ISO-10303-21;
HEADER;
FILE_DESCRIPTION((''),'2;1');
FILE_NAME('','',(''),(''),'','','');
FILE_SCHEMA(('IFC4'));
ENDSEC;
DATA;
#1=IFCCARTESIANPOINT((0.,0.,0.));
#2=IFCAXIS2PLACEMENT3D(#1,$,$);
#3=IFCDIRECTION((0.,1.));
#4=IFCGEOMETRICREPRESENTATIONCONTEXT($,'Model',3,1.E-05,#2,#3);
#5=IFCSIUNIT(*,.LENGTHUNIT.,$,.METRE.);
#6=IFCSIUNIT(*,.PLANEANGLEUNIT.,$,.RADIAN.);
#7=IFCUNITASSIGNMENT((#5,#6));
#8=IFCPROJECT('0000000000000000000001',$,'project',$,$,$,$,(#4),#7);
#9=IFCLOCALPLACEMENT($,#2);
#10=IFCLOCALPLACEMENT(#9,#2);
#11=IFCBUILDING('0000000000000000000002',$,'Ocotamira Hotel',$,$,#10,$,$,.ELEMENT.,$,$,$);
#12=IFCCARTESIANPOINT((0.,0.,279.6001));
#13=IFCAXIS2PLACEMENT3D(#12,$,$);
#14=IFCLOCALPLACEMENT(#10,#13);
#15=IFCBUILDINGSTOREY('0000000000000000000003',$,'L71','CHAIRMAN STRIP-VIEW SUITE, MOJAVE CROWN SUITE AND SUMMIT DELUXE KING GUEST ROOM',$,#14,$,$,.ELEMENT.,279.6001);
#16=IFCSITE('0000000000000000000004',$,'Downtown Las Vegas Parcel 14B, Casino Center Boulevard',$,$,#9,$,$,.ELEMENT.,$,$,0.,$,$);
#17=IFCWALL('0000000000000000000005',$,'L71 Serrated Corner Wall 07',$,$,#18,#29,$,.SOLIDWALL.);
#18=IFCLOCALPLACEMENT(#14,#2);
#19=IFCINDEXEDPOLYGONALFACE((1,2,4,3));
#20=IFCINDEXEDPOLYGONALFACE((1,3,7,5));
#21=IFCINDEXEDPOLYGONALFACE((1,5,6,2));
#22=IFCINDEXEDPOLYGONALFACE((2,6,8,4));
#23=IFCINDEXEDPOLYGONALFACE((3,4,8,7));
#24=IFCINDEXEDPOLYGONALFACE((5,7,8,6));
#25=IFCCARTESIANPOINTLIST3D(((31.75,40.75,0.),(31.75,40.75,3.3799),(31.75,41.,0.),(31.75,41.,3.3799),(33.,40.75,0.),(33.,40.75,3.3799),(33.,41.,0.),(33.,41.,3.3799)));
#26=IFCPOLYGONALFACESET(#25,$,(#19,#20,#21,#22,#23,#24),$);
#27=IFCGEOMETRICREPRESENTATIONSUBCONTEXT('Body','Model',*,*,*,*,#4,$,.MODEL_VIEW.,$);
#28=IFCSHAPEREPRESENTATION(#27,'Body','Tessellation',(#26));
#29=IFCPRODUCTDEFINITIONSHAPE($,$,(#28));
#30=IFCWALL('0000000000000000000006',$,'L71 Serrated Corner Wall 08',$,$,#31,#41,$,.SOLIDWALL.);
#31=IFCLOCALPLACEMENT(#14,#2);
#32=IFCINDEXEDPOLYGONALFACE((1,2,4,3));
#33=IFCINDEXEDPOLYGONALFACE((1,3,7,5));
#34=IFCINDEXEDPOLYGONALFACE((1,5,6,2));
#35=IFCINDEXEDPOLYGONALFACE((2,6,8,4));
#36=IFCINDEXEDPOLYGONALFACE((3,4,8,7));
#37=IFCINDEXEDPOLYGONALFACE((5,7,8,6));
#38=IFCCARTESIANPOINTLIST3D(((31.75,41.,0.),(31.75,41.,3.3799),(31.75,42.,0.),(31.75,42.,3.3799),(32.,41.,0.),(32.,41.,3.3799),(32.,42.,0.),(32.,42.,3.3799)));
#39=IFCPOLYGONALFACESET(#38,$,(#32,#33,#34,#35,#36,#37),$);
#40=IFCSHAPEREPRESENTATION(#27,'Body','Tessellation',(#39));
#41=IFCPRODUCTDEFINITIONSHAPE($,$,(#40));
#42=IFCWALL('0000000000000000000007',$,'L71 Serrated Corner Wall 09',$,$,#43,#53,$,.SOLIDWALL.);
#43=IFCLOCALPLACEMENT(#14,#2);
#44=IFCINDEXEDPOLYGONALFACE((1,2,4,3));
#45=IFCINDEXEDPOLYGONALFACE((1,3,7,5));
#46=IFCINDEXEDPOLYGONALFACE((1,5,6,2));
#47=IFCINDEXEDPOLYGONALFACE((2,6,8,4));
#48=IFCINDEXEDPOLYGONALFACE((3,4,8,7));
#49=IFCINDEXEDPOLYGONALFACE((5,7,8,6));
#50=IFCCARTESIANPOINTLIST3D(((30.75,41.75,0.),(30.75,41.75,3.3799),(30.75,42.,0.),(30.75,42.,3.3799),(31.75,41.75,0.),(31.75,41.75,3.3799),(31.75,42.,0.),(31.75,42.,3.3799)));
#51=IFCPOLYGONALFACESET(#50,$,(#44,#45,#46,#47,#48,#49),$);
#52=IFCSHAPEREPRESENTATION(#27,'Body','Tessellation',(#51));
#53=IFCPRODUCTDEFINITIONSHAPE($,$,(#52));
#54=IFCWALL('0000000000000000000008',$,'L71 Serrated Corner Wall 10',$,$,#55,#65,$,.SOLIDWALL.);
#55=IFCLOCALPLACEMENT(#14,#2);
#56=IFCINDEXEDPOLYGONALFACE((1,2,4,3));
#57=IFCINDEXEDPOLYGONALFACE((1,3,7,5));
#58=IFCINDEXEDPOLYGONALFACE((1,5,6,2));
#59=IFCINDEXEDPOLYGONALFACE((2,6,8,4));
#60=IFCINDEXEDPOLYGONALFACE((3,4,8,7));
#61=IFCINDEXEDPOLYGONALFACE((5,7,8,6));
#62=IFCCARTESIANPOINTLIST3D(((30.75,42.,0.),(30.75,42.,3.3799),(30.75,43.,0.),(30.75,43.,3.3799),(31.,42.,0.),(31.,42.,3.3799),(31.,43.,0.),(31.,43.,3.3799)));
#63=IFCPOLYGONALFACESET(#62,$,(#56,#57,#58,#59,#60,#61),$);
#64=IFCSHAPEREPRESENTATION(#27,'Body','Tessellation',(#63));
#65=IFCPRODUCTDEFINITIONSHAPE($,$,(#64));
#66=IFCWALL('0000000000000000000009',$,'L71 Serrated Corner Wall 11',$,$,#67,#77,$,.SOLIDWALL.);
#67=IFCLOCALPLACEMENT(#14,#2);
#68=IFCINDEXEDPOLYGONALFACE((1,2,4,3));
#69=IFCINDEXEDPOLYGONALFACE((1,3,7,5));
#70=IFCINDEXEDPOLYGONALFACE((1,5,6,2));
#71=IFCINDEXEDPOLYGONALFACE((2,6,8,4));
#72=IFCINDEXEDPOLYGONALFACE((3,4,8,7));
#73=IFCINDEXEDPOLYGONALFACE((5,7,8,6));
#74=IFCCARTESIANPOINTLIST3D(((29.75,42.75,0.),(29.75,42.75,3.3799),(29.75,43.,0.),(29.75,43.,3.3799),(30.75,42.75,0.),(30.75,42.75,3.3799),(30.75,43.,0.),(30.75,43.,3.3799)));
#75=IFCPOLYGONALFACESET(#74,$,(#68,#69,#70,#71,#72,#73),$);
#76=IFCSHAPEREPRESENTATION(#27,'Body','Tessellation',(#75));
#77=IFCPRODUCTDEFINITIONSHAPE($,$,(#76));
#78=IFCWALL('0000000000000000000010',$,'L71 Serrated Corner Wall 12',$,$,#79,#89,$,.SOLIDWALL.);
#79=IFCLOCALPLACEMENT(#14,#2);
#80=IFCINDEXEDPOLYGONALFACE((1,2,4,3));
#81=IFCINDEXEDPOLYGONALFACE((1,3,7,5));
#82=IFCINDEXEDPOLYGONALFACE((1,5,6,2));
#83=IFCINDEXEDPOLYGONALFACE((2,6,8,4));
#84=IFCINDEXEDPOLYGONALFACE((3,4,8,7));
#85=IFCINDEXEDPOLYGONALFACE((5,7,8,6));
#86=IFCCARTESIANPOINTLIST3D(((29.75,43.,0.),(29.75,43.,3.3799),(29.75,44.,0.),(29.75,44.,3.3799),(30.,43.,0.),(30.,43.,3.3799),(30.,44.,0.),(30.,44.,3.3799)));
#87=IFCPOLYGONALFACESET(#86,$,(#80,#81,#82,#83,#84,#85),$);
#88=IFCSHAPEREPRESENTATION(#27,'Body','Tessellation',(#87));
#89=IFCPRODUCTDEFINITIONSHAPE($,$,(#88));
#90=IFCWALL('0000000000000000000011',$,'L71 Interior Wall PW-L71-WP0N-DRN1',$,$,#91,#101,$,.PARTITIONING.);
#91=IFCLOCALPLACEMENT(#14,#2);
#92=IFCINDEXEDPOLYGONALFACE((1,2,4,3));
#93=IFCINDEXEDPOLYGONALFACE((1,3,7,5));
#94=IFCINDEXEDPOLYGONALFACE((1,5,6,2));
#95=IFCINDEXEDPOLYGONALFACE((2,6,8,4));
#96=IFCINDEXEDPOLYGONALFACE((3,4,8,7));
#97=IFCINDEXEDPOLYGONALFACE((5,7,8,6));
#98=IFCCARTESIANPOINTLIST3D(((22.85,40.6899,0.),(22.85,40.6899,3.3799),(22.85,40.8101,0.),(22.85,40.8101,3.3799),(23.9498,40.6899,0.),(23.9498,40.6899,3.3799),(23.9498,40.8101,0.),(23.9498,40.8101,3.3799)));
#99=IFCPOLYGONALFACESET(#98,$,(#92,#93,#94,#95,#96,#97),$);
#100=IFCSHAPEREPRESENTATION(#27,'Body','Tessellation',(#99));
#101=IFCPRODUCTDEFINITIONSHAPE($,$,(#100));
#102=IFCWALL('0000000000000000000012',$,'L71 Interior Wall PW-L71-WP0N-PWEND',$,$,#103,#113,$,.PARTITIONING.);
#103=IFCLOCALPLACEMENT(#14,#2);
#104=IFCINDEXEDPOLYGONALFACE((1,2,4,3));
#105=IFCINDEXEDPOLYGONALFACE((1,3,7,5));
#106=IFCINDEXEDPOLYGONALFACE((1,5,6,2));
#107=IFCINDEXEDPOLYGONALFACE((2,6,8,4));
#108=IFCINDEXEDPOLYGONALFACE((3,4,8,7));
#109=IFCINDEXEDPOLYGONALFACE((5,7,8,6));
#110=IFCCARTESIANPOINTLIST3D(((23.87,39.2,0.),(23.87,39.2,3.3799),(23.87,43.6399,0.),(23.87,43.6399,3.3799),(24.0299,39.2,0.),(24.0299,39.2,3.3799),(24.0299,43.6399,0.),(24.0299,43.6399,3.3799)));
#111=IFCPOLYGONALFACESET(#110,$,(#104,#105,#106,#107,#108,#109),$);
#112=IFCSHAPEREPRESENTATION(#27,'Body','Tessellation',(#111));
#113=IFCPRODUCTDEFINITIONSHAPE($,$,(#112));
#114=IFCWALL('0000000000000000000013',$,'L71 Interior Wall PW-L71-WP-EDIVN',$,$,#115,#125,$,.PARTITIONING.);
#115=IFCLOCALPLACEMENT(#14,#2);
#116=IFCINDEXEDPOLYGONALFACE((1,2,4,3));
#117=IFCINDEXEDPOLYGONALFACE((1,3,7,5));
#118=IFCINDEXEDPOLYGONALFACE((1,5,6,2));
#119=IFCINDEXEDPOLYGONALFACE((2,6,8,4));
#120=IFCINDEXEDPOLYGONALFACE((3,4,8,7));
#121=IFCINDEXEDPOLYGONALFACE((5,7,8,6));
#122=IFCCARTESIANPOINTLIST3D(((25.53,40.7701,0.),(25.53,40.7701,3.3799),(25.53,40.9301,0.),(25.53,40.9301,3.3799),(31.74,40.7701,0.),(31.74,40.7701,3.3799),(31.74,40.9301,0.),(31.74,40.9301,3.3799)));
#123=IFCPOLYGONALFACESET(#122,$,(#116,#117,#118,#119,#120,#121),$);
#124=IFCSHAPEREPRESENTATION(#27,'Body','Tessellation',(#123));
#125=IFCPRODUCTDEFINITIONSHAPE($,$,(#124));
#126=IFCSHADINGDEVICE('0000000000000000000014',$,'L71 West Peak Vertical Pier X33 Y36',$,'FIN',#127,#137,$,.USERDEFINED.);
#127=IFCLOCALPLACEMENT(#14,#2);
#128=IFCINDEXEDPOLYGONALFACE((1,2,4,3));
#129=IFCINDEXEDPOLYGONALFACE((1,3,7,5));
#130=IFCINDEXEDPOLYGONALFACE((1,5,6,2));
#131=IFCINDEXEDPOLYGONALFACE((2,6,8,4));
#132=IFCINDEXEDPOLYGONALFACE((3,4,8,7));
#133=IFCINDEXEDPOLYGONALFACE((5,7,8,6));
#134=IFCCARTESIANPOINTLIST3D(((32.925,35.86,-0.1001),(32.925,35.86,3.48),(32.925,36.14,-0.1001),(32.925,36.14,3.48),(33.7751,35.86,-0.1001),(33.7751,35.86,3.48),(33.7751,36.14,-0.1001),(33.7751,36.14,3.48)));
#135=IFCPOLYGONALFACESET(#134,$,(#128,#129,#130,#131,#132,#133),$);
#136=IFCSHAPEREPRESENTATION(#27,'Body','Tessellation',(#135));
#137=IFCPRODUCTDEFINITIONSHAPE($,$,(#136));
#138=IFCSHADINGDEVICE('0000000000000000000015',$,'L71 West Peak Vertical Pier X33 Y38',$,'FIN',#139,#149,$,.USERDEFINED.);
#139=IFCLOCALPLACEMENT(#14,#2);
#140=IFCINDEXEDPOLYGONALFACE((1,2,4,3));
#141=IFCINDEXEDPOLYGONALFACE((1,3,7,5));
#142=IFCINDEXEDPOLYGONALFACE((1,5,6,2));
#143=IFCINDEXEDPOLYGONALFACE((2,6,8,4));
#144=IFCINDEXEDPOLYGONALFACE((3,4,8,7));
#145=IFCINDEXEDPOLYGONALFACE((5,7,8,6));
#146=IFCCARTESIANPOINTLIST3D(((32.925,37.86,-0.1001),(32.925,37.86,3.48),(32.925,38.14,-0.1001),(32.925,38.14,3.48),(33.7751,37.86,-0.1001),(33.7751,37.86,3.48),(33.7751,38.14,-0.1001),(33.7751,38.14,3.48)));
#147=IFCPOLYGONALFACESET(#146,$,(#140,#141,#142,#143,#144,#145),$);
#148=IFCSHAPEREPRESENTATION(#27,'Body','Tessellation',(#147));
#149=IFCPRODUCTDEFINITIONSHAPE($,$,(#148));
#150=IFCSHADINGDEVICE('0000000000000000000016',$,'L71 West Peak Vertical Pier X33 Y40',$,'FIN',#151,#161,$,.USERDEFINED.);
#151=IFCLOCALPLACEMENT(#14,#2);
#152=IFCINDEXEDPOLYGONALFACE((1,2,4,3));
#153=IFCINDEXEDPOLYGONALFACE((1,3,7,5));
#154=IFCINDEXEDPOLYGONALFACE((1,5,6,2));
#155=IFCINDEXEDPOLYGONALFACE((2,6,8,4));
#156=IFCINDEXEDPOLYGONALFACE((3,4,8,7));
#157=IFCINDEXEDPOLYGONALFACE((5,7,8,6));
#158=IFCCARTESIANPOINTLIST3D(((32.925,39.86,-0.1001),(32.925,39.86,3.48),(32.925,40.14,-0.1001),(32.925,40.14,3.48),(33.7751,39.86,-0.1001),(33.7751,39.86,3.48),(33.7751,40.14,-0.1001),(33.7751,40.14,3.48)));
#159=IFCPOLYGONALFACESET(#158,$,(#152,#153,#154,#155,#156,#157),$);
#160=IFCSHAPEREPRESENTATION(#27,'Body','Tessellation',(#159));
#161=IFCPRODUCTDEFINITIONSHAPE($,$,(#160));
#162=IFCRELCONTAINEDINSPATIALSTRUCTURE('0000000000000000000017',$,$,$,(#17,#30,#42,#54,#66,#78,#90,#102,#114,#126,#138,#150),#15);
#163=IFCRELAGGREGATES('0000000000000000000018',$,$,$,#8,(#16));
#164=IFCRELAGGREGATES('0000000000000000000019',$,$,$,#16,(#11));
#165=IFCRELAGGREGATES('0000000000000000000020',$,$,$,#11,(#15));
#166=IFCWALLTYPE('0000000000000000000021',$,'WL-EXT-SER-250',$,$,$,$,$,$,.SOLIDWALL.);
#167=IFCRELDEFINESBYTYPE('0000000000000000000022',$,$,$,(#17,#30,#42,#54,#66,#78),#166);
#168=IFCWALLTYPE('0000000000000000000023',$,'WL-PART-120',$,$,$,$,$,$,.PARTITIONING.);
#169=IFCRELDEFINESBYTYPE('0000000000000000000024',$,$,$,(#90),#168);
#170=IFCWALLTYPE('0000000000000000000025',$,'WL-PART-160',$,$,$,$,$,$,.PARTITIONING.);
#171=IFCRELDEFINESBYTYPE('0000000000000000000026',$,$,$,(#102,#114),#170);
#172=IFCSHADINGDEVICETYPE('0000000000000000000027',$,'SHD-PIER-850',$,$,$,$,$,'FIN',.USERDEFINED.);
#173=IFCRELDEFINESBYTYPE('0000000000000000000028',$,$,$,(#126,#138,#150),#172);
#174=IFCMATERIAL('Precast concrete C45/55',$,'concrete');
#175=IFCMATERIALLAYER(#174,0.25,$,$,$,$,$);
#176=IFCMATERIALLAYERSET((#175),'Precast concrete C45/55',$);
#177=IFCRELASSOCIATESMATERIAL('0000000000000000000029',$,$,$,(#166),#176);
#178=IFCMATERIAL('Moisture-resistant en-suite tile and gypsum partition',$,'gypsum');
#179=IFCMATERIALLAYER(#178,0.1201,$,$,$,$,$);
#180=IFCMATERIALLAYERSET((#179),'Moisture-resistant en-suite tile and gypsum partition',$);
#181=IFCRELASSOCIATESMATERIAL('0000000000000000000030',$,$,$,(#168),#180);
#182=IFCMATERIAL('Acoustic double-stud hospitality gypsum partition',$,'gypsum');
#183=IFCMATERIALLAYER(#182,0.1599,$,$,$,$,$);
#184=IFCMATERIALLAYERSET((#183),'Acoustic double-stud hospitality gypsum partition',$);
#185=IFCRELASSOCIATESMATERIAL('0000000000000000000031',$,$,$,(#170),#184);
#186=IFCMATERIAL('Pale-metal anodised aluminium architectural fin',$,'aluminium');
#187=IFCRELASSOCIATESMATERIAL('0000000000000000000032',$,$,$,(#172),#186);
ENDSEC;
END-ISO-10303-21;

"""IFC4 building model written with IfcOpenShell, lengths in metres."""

from ifc_helpers import new_model, si_unit, direction, frame, frame_2d, origin, origin_2d, place, context, subcontext, project, spatial, rectangle, extrude, source, transform, mapped, material, layer, layer_set, type_object, element, save


model = new_model("IFC4")

# Units and contexts
model_context = context("Model", 3, precision=1e-05, world=origin(), true_north=direction((0.0, 1.0)))
body_context = subcontext(model_context, "Body", "Model", "MODEL_VIEW")
ifc_project = project(units=[si_unit("LENGTHUNIT", "METRE"), si_unit("PLANEANGLEUNIT", "RADIAN")], contexts=[model_context])

# Site, building, storey
site_placement = place(None, origin())
site = spatial("IfcSite", under=ifc_project, at=site_placement, Name="Downtown Las Vegas Parcel 14B, Casino Center Boulevard", CompositionType="ELEMENT", RefElevation=0.0)
building_placement = place(site_placement, origin())
building = spatial("IfcBuilding", under=site, at=building_placement, Name="Ocotamira Hotel", CompositionType="ELEMENT")
storey_placement = place(building_placement, frame((0.0, 0.0, 279.6001)))
storey = spatial("IfcBuildingStorey", under=building, at=storey_placement, Name="L71", Description="CHAIRMAN STRIP-VIEW SUITE, MOJAVE CROWN SUITE AND SUMMIT DELUXE KING GUEST ROOM", CompositionType="ELEMENT", Elevation=279.6001)

# Walls
ifc_material_1 = material(Name="Precast concrete C45/55", Category="concrete")
ifc_layer_1 = layer(ifc_material_1, 0.25)
ifc_layer_set_1 = layer_set([ifc_layer_1], Name="Precast concrete C45/55")
wall_type_1 = type_object("IfcWallType", Name="WL-EXT-SER-250", PredefinedType="SOLIDWALL", material=ifc_layer_set_1)
wall_1_placement = place(storey_placement, frame((33.0, 40.875, 0.0), z_axis=(0.0, 0.0, 1.0), x_axis=(-1.0, 0.0, 0.0)))
element("IfcWall", 1, at=wall_1_placement, inside=storey, type_object=wall_type_1, Name="L71 Serrated Corner Wall 07", PredefinedType="SOLIDWALL", context=body_context, shape_type="SweptSolid", body=[
    extrude(rectangle(XDim=1.25, YDim=0.25, at=frame_2d((0.625, 0.0))), origin(), (0.0, 0.0, 1.0), 3.3799),
])
for number, where, z_axis, x_axis, name in (
    (2, (31.875, 41.0, 0.0), (0.0, 0.0, 1.0), (0.0, 1.0, 0.0), "L71 Serrated Corner Wall 08"),
    (3, (31.75, 41.875, 0.0), (0.0, 0.0, 1.0), (-1.0, 0.0, 0.0), "L71 Serrated Corner Wall 09"),
    (4, (30.875, 42.0, 0.0), (0.0, 0.0, 1.0), (0.0, 1.0, 0.0), "L71 Serrated Corner Wall 10"),
    (5, (30.75, 42.875, 0.0), (0.0, 0.0, 1.0), (-1.0, 0.0, 0.0), "L71 Serrated Corner Wall 11"),
    (6, (29.875, 43.0, 0.0), (0.0, 0.0, 1.0), (0.0, 1.0, 0.0), "L71 Serrated Corner Wall 12"),
):
    element("IfcWall", number, at=place(storey_placement, frame(where, z_axis=z_axis, x_axis=x_axis)), inside=storey, type_object=wall_type_1, Name=name, PredefinedType="SOLIDWALL", context=body_context, shape_type="SweptSolid", body=[
        extrude(rectangle(XDim=1.0, YDim=0.25, at=frame_2d((0.5, 0.0))), origin(), (0.0, 0.0, 1.0), 3.3799),
    ])
ifc_material_2 = material(Name="Moisture-resistant en-suite tile and gypsum partition", Category="gypsum")
ifc_layer_2 = layer(ifc_material_2, 0.1201)
ifc_layer_set_2 = layer_set([ifc_layer_2], Name="Moisture-resistant en-suite tile and gypsum partition")
wall_type_2 = type_object("IfcWallType", Name="WL-PART-120", PredefinedType="PARTITIONING", material=ifc_layer_set_2)
wall_2_placement = place(storey_placement, frame((22.8501, 40.75, 0.0), z_axis=(0.0, 0.0, 1.0), x_axis=(1.0, 0.0, 0.0)))
element("IfcWall", 7, at=wall_2_placement, inside=storey, type_object=wall_type_2, Name="L71 Interior Wall PW-L71-WP0N-DRN1", PredefinedType="PARTITIONING", context=body_context, shape_type="SweptSolid", body=[
    extrude(rectangle(XDim=1.0999, YDim=0.1201, at=frame_2d((0.5498, 0.0))), origin(), (0.0, 0.0, 1.0), 3.3799),
])
ifc_material_3 = material(Name="Acoustic double-stud hospitality gypsum partition", Category="gypsum")
ifc_layer_3 = layer(ifc_material_3, 0.1599)
ifc_layer_set_3 = layer_set([ifc_layer_3], Name="Acoustic double-stud hospitality gypsum partition")
wall_type_3 = type_object("IfcWallType", Name="WL-PART-160", PredefinedType="PARTITIONING", material=ifc_layer_set_3)
wall_3_placement = place(storey_placement, frame((23.95, 39.2, 0.0), z_axis=(0.0, 0.0, 1.0), x_axis=(0.0, 1.0, 0.0)))
element("IfcWall", 8, at=wall_3_placement, inside=storey, type_object=wall_type_3, Name="L71 Interior Wall PW-L71-WP0N-PWEND", PredefinedType="PARTITIONING", context=body_context, shape_type="SweptSolid", body=[
    extrude(rectangle(XDim=4.4399, YDim=0.1599, at=frame_2d((2.22, 0.0))), origin(), (0.0, 0.0, 1.0), 3.3799),
])
wall_4_placement = place(storey_placement, frame((25.53, 40.8501, 0.0), z_axis=(0.0, 0.0, 1.0), x_axis=(1.0, 0.0, 0.0)))
element("IfcWall", 9, at=wall_4_placement, inside=storey, type_object=wall_type_3, Name="L71 Interior Wall PW-L71-WP-EDIVN", PredefinedType="PARTITIONING", context=body_context, shape_type="SweptSolid", body=[
    extrude(rectangle(XDim=6.21, YDim=0.1599, at=frame_2d((3.105, 0.0))), origin(), (0.0, 0.0, 1.0), 3.3799),
])

# Shading devices
ifc_material_4 = material(Name="Pale-metal anodised aluminium architectural fin", Category="aluminium")
shading_device_type = type_object("IfcShadingDeviceType", Name="SHD-PIER-850", ElementType="FIN", PredefinedType="USERDEFINED", material=ifc_material_4)
shared_shape_1 = source(origin(), body_context, "Body", "SweptSolid", [
    extrude(rectangle(XDim=0.8501, YDim=0.28, at=origin_2d()), origin(), (0.0, 0.0, 1.0), 3.5801),
])
for number, where, z_axis, x_axis, name in (
    (10, (33.3501, 36.0, -0.1001), (0.0, 0.0, 1.0), (1.0, 0.0, 0.0), "L71 West Peak Vertical Pier X33 Y36"),
    (11, (33.3501, 38.0, -0.1001), (0.0, 0.0, 1.0), (1.0, 0.0, 0.0), "L71 West Peak Vertical Pier X33 Y38"),
    (12, (33.3501, 40.0, -0.1001), (0.0, 0.0, 1.0), (1.0, 0.0, 0.0), "L71 West Peak Vertical Pier X33 Y40"),
):
    element("IfcShadingDevice", number, at=place(storey_placement, frame(where, z_axis=z_axis, x_axis=x_axis)), inside=storey, type_object=shading_device_type, Name=name, ObjectType="FIN", PredefinedType="USERDEFINED", context=body_context, shape_type="MappedRepresentation", body=[
        mapped(shared_shape_1, transform((0.0, 0.0, 0.0), scale=1.0)),
    ])

save(model, "model.ifc")
